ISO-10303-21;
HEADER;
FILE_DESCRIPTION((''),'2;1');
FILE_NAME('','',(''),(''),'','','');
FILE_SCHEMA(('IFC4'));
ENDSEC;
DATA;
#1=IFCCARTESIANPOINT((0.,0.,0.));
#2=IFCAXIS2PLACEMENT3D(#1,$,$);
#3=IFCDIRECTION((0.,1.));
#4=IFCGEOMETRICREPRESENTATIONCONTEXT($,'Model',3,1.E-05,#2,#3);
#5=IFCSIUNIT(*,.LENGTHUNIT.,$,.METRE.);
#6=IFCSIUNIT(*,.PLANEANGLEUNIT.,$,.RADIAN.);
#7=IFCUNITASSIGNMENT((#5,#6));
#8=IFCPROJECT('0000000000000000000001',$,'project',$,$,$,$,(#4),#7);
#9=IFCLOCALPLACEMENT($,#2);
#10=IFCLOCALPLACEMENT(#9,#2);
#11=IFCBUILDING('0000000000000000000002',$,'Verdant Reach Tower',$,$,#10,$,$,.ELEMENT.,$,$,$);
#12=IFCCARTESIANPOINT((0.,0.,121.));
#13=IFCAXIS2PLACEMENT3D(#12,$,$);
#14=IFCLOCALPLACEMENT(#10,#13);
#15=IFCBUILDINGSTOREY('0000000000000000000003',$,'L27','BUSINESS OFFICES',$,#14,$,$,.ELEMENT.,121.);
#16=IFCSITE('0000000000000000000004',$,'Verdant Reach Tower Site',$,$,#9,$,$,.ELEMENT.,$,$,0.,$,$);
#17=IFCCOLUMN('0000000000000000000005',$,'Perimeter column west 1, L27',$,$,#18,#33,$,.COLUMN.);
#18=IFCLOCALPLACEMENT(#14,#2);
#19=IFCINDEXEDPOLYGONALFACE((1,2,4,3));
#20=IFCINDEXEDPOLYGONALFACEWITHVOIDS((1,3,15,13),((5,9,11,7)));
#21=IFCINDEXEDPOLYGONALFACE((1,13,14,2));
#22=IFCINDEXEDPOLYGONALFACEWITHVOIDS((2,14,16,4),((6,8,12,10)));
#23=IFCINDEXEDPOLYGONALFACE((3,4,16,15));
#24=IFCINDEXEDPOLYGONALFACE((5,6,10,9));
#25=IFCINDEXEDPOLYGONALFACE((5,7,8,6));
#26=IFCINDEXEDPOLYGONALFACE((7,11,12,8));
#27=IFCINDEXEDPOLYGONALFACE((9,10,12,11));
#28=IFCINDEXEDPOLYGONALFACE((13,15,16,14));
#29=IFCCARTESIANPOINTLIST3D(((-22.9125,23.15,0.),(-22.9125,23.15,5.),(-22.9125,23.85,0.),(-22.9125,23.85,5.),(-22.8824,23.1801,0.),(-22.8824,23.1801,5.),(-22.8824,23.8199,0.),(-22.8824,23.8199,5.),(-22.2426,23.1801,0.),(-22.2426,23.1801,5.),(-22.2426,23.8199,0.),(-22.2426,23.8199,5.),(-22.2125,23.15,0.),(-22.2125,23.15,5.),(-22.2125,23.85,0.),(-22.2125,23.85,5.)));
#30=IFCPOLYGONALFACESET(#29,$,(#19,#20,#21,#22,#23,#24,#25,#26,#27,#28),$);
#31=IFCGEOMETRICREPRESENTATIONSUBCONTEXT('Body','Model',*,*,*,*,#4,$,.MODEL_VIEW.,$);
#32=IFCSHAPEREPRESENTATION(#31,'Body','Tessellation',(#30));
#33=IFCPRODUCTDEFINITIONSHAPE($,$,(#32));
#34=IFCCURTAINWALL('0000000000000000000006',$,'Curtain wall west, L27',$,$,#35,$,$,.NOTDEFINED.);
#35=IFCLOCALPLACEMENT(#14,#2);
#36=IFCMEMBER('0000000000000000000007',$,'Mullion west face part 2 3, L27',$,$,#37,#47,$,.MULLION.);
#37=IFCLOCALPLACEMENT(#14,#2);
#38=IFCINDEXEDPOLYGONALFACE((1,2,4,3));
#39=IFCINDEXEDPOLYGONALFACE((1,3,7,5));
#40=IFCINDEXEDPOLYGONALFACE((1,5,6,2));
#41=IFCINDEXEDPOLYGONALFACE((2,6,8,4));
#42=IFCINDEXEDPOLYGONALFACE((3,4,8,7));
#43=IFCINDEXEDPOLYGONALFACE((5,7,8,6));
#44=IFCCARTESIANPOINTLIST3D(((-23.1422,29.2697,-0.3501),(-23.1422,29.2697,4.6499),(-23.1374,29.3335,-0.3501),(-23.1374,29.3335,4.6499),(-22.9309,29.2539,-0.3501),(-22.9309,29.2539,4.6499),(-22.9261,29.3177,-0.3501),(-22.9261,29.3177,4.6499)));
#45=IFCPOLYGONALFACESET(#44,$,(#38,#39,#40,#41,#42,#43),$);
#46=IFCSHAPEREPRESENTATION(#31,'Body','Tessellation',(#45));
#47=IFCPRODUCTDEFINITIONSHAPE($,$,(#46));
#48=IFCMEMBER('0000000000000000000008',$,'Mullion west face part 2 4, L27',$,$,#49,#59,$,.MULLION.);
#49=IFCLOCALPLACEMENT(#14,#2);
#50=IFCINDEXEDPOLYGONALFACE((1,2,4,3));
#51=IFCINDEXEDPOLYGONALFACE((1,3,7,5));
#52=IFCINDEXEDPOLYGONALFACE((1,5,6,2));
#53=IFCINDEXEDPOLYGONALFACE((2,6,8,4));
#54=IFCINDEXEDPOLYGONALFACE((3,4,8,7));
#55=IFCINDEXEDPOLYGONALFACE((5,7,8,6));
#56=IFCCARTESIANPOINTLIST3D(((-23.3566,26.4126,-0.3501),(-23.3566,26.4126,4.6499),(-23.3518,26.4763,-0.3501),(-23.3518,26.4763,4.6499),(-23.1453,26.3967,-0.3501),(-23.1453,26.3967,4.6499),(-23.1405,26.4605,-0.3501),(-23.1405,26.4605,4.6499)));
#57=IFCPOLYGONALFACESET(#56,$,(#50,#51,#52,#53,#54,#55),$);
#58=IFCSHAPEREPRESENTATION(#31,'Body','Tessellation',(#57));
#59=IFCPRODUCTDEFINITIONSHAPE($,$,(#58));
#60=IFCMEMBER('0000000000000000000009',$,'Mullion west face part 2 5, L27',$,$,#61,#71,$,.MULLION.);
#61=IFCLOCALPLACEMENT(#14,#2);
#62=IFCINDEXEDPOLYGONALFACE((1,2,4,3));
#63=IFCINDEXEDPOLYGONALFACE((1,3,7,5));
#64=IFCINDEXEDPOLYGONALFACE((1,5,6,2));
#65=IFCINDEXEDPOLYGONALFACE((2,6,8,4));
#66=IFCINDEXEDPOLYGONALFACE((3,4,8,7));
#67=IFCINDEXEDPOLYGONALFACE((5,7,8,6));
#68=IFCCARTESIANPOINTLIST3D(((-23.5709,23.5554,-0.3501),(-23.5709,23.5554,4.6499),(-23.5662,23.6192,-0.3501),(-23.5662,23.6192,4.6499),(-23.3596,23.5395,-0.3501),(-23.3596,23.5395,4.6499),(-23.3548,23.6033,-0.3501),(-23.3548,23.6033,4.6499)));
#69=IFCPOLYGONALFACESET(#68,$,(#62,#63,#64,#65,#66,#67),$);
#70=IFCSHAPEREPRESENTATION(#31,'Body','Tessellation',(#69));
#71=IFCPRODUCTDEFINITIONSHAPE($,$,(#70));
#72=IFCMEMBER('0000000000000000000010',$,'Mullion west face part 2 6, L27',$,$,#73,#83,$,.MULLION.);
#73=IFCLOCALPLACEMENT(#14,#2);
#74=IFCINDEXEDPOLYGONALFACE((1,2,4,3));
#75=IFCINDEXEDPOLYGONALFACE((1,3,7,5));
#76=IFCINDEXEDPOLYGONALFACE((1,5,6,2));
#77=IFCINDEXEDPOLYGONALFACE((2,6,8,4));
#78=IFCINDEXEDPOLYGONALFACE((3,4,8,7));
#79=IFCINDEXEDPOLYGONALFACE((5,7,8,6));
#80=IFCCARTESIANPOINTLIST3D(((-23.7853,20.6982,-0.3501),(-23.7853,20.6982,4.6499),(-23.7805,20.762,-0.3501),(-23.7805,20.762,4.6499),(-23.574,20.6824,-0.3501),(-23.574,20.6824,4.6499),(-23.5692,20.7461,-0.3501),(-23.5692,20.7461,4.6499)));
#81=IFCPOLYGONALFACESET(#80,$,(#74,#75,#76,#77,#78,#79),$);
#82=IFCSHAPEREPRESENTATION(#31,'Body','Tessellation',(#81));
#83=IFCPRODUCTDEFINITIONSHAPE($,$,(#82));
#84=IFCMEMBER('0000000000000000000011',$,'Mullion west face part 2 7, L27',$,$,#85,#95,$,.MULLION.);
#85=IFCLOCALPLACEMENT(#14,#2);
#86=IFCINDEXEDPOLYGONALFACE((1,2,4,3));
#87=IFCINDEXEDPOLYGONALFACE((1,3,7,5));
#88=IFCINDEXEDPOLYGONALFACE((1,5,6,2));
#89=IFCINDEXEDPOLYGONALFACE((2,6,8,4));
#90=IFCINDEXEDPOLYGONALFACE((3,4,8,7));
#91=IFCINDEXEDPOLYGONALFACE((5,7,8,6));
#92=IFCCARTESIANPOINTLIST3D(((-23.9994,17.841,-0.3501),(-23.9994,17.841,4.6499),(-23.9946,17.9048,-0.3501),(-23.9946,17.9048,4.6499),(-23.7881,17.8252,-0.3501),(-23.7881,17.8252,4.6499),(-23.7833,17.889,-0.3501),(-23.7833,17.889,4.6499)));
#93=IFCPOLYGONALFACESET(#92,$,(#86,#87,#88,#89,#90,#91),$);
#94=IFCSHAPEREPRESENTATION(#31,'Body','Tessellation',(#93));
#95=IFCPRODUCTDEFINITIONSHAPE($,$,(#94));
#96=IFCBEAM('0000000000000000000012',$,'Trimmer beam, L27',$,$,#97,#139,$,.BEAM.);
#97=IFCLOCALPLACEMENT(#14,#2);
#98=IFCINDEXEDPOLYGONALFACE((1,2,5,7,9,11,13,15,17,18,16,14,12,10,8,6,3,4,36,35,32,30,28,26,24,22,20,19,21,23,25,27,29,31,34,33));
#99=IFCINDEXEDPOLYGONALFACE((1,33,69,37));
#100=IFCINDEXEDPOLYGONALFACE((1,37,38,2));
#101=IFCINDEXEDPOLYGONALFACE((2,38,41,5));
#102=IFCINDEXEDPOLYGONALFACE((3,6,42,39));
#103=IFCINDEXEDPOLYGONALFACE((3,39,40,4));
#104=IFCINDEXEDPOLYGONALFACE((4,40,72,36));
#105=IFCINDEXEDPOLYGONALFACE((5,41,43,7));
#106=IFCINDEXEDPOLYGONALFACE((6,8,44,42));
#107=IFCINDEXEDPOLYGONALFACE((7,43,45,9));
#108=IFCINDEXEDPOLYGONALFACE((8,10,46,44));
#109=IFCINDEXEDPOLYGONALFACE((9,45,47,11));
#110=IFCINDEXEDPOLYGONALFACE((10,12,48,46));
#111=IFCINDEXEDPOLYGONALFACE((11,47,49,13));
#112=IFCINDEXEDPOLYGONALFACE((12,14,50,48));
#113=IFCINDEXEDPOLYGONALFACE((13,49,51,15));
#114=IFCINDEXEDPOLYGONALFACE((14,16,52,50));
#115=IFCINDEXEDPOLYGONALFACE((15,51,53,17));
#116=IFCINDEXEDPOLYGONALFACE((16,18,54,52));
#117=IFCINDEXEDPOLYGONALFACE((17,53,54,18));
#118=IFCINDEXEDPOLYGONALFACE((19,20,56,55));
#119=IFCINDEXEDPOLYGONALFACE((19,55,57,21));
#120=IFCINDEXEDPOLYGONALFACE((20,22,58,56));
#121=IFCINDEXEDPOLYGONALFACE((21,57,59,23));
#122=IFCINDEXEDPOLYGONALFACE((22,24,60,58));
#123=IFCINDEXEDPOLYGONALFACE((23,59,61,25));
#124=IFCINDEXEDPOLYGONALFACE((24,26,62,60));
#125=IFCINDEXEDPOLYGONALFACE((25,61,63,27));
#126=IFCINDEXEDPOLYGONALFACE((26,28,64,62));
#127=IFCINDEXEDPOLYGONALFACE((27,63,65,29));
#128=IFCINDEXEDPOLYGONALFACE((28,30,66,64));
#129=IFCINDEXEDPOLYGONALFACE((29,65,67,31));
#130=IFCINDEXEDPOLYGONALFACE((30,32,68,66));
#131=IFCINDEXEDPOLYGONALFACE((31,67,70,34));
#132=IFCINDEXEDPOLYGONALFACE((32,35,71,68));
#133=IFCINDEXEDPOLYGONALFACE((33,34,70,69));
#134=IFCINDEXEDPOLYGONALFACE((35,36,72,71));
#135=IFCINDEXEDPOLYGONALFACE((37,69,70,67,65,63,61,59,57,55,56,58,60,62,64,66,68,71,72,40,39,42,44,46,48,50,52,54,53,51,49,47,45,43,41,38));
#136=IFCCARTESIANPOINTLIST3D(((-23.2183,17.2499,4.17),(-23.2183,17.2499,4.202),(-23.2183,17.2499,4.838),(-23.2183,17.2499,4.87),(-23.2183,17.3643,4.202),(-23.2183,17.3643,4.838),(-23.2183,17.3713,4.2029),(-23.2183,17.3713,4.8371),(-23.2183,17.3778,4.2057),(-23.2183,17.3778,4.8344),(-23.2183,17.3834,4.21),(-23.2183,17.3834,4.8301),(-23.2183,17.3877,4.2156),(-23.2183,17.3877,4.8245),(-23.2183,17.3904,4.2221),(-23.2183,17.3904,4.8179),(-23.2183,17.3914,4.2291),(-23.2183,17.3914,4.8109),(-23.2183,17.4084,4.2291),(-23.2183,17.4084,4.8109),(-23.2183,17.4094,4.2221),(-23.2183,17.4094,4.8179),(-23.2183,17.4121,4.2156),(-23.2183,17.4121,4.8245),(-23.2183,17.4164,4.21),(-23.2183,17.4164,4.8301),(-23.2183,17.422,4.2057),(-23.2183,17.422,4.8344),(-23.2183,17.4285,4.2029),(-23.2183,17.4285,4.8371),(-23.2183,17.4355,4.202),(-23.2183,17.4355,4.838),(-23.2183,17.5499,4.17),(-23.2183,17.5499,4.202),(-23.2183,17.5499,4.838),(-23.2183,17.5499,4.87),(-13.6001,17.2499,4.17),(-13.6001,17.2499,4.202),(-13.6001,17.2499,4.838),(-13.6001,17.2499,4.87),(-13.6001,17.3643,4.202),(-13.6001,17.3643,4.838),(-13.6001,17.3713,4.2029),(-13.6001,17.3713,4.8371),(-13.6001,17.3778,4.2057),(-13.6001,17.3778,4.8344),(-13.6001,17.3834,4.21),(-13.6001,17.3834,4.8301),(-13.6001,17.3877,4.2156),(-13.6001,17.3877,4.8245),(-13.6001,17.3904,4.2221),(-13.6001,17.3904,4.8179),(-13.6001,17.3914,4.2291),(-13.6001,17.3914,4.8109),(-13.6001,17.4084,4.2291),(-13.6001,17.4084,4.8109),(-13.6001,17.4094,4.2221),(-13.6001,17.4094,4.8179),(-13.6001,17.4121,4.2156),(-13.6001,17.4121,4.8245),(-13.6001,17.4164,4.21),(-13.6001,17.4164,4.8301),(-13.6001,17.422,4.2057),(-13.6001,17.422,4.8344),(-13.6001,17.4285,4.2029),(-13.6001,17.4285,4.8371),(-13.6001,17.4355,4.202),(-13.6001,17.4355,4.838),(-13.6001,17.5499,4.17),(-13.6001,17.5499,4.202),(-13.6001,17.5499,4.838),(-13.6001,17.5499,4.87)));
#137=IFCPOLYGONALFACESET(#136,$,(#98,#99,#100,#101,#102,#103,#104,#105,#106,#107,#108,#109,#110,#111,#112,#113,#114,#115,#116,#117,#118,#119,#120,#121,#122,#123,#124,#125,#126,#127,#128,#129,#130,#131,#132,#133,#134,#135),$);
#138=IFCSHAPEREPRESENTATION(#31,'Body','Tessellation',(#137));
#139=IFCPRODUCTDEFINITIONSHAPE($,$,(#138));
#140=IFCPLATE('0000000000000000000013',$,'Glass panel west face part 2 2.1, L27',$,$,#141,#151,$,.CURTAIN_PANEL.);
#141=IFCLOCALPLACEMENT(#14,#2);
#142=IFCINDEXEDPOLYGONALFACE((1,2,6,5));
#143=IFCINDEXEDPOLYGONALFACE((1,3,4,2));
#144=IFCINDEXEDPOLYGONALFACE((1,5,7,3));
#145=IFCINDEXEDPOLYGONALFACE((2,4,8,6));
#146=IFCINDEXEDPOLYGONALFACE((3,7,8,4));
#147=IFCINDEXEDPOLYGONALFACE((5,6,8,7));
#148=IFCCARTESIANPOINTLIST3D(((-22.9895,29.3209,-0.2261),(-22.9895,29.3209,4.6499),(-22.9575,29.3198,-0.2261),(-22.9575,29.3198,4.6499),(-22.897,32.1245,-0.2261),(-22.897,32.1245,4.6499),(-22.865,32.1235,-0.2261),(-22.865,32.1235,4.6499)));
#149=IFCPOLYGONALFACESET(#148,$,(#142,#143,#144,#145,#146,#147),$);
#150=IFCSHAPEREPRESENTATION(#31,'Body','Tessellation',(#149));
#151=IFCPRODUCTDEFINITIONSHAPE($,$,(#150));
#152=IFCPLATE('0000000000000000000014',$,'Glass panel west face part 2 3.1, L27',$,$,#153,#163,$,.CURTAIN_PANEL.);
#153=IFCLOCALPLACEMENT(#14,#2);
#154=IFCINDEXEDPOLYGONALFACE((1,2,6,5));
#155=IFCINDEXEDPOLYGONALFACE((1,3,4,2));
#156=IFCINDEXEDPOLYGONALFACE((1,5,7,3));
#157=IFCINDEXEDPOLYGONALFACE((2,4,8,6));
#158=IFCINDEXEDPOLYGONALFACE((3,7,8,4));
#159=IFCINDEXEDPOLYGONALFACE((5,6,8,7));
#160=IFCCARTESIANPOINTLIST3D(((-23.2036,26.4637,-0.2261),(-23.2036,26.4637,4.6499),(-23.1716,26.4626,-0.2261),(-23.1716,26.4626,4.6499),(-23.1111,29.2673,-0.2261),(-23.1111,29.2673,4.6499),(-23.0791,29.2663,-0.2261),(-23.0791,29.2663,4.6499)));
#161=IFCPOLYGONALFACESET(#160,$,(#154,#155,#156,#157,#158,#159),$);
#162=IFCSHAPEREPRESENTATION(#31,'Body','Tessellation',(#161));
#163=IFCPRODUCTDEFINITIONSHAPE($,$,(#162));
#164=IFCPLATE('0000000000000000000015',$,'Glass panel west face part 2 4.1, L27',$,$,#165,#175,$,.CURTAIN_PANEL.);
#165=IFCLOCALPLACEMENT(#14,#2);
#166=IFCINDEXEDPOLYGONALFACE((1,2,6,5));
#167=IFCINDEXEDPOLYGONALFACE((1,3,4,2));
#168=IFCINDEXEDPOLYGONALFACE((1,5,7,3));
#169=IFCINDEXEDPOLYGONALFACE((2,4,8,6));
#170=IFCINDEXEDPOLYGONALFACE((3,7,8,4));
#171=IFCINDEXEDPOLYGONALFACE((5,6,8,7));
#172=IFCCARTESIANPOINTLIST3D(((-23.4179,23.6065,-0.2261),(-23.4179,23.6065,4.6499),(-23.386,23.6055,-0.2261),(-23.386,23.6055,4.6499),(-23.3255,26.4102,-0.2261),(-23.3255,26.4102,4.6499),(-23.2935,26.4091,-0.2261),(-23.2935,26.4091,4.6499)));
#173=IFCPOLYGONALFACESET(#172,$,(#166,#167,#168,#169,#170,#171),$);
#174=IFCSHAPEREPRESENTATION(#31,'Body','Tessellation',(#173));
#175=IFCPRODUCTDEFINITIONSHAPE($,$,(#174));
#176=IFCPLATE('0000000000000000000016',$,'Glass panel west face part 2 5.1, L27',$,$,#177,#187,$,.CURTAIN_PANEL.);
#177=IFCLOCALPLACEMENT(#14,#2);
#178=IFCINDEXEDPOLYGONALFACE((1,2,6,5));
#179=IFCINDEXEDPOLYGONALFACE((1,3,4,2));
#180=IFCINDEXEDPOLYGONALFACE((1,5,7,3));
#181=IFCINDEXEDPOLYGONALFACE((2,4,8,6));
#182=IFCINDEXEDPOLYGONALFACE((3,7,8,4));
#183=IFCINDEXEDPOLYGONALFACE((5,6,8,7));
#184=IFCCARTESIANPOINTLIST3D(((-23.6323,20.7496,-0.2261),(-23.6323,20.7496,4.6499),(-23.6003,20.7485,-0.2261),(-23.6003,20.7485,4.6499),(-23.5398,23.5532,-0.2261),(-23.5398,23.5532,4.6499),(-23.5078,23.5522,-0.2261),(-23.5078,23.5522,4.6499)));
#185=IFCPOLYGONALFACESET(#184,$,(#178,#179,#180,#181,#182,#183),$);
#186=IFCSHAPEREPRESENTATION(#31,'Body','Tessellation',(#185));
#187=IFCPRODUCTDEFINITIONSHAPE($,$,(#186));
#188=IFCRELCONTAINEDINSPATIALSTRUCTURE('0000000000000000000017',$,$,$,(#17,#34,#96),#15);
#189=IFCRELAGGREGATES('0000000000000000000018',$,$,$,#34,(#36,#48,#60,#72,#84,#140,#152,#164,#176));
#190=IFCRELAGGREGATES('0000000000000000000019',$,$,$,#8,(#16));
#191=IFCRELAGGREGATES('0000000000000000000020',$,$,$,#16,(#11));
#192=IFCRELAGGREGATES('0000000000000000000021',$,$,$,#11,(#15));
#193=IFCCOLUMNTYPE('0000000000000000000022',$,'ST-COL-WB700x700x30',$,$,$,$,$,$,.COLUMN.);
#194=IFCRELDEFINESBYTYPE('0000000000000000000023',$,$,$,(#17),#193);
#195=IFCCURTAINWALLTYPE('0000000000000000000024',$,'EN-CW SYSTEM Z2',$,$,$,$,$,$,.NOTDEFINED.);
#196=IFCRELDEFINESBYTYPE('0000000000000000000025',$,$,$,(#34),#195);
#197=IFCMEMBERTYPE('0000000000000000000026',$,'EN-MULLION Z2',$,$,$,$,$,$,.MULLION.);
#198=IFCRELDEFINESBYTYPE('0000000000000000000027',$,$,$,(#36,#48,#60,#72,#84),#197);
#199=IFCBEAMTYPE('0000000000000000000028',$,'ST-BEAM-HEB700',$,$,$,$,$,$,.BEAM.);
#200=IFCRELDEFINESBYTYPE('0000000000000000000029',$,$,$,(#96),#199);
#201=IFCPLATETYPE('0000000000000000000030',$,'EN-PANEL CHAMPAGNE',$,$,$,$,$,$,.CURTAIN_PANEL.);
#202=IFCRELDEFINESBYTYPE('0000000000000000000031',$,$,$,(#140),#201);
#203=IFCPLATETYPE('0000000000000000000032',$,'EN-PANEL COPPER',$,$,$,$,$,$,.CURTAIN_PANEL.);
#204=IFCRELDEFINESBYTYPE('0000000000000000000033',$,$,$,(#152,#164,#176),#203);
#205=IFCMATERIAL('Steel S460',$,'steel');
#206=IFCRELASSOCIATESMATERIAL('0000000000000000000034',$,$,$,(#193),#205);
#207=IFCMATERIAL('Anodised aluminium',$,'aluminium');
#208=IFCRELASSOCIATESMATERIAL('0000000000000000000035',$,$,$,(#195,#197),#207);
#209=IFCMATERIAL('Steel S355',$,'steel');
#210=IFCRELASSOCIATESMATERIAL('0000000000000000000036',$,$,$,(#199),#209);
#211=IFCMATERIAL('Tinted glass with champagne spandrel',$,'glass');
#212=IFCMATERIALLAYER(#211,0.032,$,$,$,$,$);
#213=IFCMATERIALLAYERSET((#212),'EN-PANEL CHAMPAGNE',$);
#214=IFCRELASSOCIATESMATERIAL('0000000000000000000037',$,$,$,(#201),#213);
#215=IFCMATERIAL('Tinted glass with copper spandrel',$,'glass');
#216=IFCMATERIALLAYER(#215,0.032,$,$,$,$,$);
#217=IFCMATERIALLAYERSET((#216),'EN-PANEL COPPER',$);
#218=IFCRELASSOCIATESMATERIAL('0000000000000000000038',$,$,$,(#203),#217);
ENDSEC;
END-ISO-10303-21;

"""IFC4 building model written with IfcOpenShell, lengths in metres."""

from ifc_helpers import new_model, si_unit, direction, frame, origin, origin_2d, place, context, subcontext, project, spatial, rectangle, hollow_rectangle, i_section, extrude, material, layer, layer_set, material_profile, profile_set, type_object, element, aggregate, save


model = new_model("IFC4")

# Units and contexts
model_context = context("Model", 3, precision=1e-05, world=origin(), true_north=direction((0.0, 1.0)))
body_context = subcontext(model_context, "Body", "Model", "MODEL_VIEW")
ifc_project = project(units=[si_unit("LENGTHUNIT", "METRE"), si_unit("PLANEANGLEUNIT", "RADIAN")], contexts=[model_context])

# Site, building, storey
site_placement = place(None, origin())
site = spatial("IfcSite", under=ifc_project, at=site_placement, Name="Verdant Reach Tower Site", CompositionType="ELEMENT", RefElevation=0.0)
building_placement = place(site_placement, origin())
building = spatial("IfcBuilding", under=site, at=building_placement, Name="Verdant Reach Tower", CompositionType="ELEMENT")
storey_placement = place(building_placement, frame((0.0, 0.0, 121.0)))
storey = spatial("IfcBuildingStorey", under=building, at=storey_placement, Name="L27", Description="BUSINESS OFFICES", CompositionType="ELEMENT", Elevation=121.0)

# Column
ifc_material_1 = material(Name="Steel S460", Category="steel")
ifc_material_profile_1 = material_profile(ifc_material_1, hollow_rectangle(XDim=0.7, YDim=0.7, WallThickness=0.03, at=origin_2d()), Name="WB 700x700x30")
ifc_profile_set_1 = profile_set([ifc_material_profile_1], Name="Steel S460")
column_type = type_object("IfcColumnType", Name="ST-COL-WB700x700x30", PredefinedType="COLUMN", material=ifc_profile_set_1)
column_placement = place(storey_placement, frame((-22.5625, 23.5, 0.0), z_axis=(0.0, 0.0, 1.0), x_axis=(1.0, 0.0, 0.0)))
element("IfcColumn", 1, at=column_placement, inside=storey, type_object=column_type, Name="Perimeter column west 1, L27", PredefinedType="COLUMN", context=body_context, shape_type="SweptSolid", body=[
    extrude(hollow_rectangle(XDim=0.7, YDim=0.7, WallThickness=0.03, at=origin_2d()), origin(), (0.0, 0.0, 1.0), 5.0),
])

# Curtain wall, members
ifc_material_2 = material(Name="Anodised aluminium", Category="aluminium")
curtain_wall_type = type_object("IfcCurtainWallType", Name="EN-CW SYSTEM Z2", PredefinedType="NOTDEFINED", material=ifc_material_2)
curtain_wall_placement = place(storey_placement, origin())
curtain_wall = element("IfcCurtainWall", 2, at=curtain_wall_placement, inside=storey, type_object=curtain_wall_type, Name="Curtain wall west, L27", PredefinedType="NOTDEFINED")
ifc_material_profile_2 = material_profile(ifc_material_2, rectangle(XDim=0.2119, YDim=0.064, at=origin_2d()), Name="Mullion 64x212")
ifc_profile_set_2 = profile_set([ifc_material_profile_2], Name="Anodised aluminium")
member_type = type_object("IfcMemberType", Name="EN-MULLION Z2", PredefinedType="MULLION", material=ifc_profile_set_2)
member_1_placement = place(storey_placement, frame((-23.0342, 29.2937, -0.3501), z_axis=(0.0, 0.0, 1.0), x_axis=(-0.997199, 0.07479, 0.0)))
member_1 = element("IfcMember", 3, at=member_1_placement, type_object=member_type, Name="Mullion west face part 2 3, L27", PredefinedType="MULLION", context=body_context, shape_type="SweptSolid", body=[
    extrude(rectangle(XDim=0.2119, YDim=0.064, at=origin_2d()), origin(), (0.0, 0.0, 1.0), 5.0),
])
member_2_placement = place(storey_placement, frame((-23.2485, 26.4365, -0.3501), z_axis=(0.0, 0.0, 1.0), x_axis=(-0.997199, 0.07479, 0.0)))
member_2 = element("IfcMember", 4, at=member_2_placement, type_object=member_type, Name="Mullion west face part 2 4, L27", PredefinedType="MULLION", context=body_context, shape_type="SweptSolid", body=[
    extrude(rectangle(XDim=0.2119, YDim=0.064, at=origin_2d()), origin(), (0.0, 0.0, 1.0), 5.0),
])
member_3_placement = place(storey_placement, frame((-23.4629, 23.5793, -0.3501), z_axis=(0.0, 0.0, 1.0), x_axis=(-0.997199, 0.07479, 0.0)))
member_3 = element("IfcMember", 5, at=member_3_placement, type_object=member_type, Name="Mullion west face part 2 5, L27", PredefinedType="MULLION", context=body_context, shape_type="SweptSolid", body=[
    extrude(rectangle(XDim=0.2119, YDim=0.064, at=origin_2d()), origin(), (0.0, 0.0, 1.0), 5.0),
])
member_4_placement = place(storey_placement, frame((-23.6772, 20.7222, -0.3501), z_axis=(0.0, 0.0, 1.0), x_axis=(-0.997199, 0.07479, 0.0)))
member_4 = element("IfcMember", 6, at=member_4_placement, type_object=member_type, Name="Mullion west face part 2 6, L27", PredefinedType="MULLION", context=body_context, shape_type="SweptSolid", body=[
    extrude(rectangle(XDim=0.2119, YDim=0.064, at=origin_2d()), origin(), (0.0, 0.0, 1.0), 5.0),
])
member_5_placement = place(storey_placement, frame((-23.8914, 17.865, -0.3501), z_axis=(0.0, 0.0, 1.0), x_axis=(-0.997199, 0.07479, 0.0)))
member_5 = element("IfcMember", 7, at=member_5_placement, type_object=member_type, Name="Mullion west face part 2 7, L27", PredefinedType="MULLION", context=body_context, shape_type="SweptSolid", body=[
    extrude(rectangle(XDim=0.2119, YDim=0.064, at=origin_2d()), origin(), (0.0, 0.0, 1.0), 5.0),
])

# Beam
ifc_material_3 = material(Name="Steel S355", Category="steel")
ifc_material_profile_3 = material_profile(ifc_material_3, i_section(OverallWidth=0.3, OverallDepth=0.7, WebThickness=0.0171, FlangeThickness=0.032, FilletRadius=0.0271, at=origin_2d()), Name="HEB 700")
ifc_profile_set_3 = profile_set([ifc_material_profile_3], Name="Steel S355")
beam_type = type_object("IfcBeamType", Name="ST-BEAM-HEB700", PredefinedType="BEAM", material=ifc_profile_set_3)
beam_placement = place(storey_placement, frame((-13.6001, 17.3999, 4.52), z_axis=(-1.0, 0.0, 0.0), x_axis=(0.0, -1.0, 0.0)))
element("IfcBeam", 8, at=beam_placement, inside=storey, type_object=beam_type, Name="Trimmer beam, L27", PredefinedType="BEAM", context=body_context, shape_type="SweptSolid", body=[
    extrude(i_section(OverallWidth=0.3, OverallDepth=0.7, WebThickness=0.0171, FlangeThickness=0.032, FilletRadius=0.0271, at=origin_2d()), origin(), (0.0, 0.0, 1.0), 9.6182),
])

# Plates
ifc_material_4 = material(Name="Tinted glass with champagne spandrel", Category="glass")
ifc_layer_1 = layer(ifc_material_4, 0.032)
ifc_layer_set_1 = layer_set([ifc_layer_1], Name="EN-PANEL CHAMPAGNE")
plate_type_1 = type_object("IfcPlateType", Name="EN-PANEL CHAMPAGNE", PredefinedType="CURTAIN_PANEL", material=ifc_layer_set_1)
plate_1_placement = place(storey_placement, frame((-22.9272, 30.7222, -0.2261), z_axis=(0.0, 0.0, 1.0), x_axis=(-0.032966, -0.999456, 0.0)))
plate_1 = element("IfcPlate", 9, at=plate_1_placement, type_object=plate_type_1, Name="Glass panel west face part 2 2.1, L27", PredefinedType="CURTAIN_PANEL", context=body_context, shape_type="SweptSolid", body=[
    extrude(rectangle(XDim=2.8052, YDim=0.032, at=origin_2d()), origin(), (0.0, 0.0, 1.0), 4.876),
])
ifc_material_5 = material(Name="Tinted glass with copper spandrel", Category="glass")
ifc_layer_2 = layer(ifc_material_5, 0.032)
ifc_layer_set_2 = layer_set([ifc_layer_2], Name="EN-PANEL COPPER")
plate_type_2 = type_object("IfcPlateType", Name="EN-PANEL COPPER", PredefinedType="CURTAIN_PANEL", material=ifc_layer_set_2)
plate_2_placement = place(storey_placement, frame((-23.1414, 27.865, -0.2261), z_axis=(0.0, 0.0, 1.0), x_axis=(-0.032966, -0.999456, 0.0)))
plate_2 = element("IfcPlate", 10, at=plate_2_placement, type_object=plate_type_2, Name="Glass panel west face part 2 3.1, L27", PredefinedType="CURTAIN_PANEL", context=body_context, shape_type="SweptSolid", body=[
    extrude(rectangle(XDim=2.8052, YDim=0.032, at=origin_2d()), origin(), (0.0, 0.0, 1.0), 4.876),
])
plate_3_placement = place(storey_placement, frame((-23.3557, 25.0078, -0.2261), z_axis=(0.0, 0.0, 1.0), x_axis=(-0.032966, -0.999456, 0.0)))
plate_3 = element("IfcPlate", 11, at=plate_3_placement, type_object=plate_type_2, Name="Glass panel west face part 2 4.1, L27", PredefinedType="CURTAIN_PANEL", context=body_context, shape_type="SweptSolid", body=[
    extrude(rectangle(XDim=2.8052, YDim=0.032, at=origin_2d()), origin(), (0.0, 0.0, 1.0), 4.876),
])
plate_4_placement = place(storey_placement, frame((-23.5701, 22.1509, -0.2261), z_axis=(0.0, 0.0, 1.0), x_axis=(-0.032966, -0.999456, 0.0)))
plate_4 = element("IfcPlate", 12, at=plate_4_placement, type_object=plate_type_2, Name="Glass panel west face part 2 5.1, L27", PredefinedType="CURTAIN_PANEL", context=body_context, shape_type="SweptSolid", body=[
    extrude(rectangle(XDim=2.8052, YDim=0.032, at=origin_2d()), origin(), (0.0, 0.0, 1.0), 4.876),
])
aggregate(curtain_wall, [member_1, member_2, member_3, member_4, member_5, plate_1, plate_2, plate_3, plate_4])

save(model, "model.ifc")
